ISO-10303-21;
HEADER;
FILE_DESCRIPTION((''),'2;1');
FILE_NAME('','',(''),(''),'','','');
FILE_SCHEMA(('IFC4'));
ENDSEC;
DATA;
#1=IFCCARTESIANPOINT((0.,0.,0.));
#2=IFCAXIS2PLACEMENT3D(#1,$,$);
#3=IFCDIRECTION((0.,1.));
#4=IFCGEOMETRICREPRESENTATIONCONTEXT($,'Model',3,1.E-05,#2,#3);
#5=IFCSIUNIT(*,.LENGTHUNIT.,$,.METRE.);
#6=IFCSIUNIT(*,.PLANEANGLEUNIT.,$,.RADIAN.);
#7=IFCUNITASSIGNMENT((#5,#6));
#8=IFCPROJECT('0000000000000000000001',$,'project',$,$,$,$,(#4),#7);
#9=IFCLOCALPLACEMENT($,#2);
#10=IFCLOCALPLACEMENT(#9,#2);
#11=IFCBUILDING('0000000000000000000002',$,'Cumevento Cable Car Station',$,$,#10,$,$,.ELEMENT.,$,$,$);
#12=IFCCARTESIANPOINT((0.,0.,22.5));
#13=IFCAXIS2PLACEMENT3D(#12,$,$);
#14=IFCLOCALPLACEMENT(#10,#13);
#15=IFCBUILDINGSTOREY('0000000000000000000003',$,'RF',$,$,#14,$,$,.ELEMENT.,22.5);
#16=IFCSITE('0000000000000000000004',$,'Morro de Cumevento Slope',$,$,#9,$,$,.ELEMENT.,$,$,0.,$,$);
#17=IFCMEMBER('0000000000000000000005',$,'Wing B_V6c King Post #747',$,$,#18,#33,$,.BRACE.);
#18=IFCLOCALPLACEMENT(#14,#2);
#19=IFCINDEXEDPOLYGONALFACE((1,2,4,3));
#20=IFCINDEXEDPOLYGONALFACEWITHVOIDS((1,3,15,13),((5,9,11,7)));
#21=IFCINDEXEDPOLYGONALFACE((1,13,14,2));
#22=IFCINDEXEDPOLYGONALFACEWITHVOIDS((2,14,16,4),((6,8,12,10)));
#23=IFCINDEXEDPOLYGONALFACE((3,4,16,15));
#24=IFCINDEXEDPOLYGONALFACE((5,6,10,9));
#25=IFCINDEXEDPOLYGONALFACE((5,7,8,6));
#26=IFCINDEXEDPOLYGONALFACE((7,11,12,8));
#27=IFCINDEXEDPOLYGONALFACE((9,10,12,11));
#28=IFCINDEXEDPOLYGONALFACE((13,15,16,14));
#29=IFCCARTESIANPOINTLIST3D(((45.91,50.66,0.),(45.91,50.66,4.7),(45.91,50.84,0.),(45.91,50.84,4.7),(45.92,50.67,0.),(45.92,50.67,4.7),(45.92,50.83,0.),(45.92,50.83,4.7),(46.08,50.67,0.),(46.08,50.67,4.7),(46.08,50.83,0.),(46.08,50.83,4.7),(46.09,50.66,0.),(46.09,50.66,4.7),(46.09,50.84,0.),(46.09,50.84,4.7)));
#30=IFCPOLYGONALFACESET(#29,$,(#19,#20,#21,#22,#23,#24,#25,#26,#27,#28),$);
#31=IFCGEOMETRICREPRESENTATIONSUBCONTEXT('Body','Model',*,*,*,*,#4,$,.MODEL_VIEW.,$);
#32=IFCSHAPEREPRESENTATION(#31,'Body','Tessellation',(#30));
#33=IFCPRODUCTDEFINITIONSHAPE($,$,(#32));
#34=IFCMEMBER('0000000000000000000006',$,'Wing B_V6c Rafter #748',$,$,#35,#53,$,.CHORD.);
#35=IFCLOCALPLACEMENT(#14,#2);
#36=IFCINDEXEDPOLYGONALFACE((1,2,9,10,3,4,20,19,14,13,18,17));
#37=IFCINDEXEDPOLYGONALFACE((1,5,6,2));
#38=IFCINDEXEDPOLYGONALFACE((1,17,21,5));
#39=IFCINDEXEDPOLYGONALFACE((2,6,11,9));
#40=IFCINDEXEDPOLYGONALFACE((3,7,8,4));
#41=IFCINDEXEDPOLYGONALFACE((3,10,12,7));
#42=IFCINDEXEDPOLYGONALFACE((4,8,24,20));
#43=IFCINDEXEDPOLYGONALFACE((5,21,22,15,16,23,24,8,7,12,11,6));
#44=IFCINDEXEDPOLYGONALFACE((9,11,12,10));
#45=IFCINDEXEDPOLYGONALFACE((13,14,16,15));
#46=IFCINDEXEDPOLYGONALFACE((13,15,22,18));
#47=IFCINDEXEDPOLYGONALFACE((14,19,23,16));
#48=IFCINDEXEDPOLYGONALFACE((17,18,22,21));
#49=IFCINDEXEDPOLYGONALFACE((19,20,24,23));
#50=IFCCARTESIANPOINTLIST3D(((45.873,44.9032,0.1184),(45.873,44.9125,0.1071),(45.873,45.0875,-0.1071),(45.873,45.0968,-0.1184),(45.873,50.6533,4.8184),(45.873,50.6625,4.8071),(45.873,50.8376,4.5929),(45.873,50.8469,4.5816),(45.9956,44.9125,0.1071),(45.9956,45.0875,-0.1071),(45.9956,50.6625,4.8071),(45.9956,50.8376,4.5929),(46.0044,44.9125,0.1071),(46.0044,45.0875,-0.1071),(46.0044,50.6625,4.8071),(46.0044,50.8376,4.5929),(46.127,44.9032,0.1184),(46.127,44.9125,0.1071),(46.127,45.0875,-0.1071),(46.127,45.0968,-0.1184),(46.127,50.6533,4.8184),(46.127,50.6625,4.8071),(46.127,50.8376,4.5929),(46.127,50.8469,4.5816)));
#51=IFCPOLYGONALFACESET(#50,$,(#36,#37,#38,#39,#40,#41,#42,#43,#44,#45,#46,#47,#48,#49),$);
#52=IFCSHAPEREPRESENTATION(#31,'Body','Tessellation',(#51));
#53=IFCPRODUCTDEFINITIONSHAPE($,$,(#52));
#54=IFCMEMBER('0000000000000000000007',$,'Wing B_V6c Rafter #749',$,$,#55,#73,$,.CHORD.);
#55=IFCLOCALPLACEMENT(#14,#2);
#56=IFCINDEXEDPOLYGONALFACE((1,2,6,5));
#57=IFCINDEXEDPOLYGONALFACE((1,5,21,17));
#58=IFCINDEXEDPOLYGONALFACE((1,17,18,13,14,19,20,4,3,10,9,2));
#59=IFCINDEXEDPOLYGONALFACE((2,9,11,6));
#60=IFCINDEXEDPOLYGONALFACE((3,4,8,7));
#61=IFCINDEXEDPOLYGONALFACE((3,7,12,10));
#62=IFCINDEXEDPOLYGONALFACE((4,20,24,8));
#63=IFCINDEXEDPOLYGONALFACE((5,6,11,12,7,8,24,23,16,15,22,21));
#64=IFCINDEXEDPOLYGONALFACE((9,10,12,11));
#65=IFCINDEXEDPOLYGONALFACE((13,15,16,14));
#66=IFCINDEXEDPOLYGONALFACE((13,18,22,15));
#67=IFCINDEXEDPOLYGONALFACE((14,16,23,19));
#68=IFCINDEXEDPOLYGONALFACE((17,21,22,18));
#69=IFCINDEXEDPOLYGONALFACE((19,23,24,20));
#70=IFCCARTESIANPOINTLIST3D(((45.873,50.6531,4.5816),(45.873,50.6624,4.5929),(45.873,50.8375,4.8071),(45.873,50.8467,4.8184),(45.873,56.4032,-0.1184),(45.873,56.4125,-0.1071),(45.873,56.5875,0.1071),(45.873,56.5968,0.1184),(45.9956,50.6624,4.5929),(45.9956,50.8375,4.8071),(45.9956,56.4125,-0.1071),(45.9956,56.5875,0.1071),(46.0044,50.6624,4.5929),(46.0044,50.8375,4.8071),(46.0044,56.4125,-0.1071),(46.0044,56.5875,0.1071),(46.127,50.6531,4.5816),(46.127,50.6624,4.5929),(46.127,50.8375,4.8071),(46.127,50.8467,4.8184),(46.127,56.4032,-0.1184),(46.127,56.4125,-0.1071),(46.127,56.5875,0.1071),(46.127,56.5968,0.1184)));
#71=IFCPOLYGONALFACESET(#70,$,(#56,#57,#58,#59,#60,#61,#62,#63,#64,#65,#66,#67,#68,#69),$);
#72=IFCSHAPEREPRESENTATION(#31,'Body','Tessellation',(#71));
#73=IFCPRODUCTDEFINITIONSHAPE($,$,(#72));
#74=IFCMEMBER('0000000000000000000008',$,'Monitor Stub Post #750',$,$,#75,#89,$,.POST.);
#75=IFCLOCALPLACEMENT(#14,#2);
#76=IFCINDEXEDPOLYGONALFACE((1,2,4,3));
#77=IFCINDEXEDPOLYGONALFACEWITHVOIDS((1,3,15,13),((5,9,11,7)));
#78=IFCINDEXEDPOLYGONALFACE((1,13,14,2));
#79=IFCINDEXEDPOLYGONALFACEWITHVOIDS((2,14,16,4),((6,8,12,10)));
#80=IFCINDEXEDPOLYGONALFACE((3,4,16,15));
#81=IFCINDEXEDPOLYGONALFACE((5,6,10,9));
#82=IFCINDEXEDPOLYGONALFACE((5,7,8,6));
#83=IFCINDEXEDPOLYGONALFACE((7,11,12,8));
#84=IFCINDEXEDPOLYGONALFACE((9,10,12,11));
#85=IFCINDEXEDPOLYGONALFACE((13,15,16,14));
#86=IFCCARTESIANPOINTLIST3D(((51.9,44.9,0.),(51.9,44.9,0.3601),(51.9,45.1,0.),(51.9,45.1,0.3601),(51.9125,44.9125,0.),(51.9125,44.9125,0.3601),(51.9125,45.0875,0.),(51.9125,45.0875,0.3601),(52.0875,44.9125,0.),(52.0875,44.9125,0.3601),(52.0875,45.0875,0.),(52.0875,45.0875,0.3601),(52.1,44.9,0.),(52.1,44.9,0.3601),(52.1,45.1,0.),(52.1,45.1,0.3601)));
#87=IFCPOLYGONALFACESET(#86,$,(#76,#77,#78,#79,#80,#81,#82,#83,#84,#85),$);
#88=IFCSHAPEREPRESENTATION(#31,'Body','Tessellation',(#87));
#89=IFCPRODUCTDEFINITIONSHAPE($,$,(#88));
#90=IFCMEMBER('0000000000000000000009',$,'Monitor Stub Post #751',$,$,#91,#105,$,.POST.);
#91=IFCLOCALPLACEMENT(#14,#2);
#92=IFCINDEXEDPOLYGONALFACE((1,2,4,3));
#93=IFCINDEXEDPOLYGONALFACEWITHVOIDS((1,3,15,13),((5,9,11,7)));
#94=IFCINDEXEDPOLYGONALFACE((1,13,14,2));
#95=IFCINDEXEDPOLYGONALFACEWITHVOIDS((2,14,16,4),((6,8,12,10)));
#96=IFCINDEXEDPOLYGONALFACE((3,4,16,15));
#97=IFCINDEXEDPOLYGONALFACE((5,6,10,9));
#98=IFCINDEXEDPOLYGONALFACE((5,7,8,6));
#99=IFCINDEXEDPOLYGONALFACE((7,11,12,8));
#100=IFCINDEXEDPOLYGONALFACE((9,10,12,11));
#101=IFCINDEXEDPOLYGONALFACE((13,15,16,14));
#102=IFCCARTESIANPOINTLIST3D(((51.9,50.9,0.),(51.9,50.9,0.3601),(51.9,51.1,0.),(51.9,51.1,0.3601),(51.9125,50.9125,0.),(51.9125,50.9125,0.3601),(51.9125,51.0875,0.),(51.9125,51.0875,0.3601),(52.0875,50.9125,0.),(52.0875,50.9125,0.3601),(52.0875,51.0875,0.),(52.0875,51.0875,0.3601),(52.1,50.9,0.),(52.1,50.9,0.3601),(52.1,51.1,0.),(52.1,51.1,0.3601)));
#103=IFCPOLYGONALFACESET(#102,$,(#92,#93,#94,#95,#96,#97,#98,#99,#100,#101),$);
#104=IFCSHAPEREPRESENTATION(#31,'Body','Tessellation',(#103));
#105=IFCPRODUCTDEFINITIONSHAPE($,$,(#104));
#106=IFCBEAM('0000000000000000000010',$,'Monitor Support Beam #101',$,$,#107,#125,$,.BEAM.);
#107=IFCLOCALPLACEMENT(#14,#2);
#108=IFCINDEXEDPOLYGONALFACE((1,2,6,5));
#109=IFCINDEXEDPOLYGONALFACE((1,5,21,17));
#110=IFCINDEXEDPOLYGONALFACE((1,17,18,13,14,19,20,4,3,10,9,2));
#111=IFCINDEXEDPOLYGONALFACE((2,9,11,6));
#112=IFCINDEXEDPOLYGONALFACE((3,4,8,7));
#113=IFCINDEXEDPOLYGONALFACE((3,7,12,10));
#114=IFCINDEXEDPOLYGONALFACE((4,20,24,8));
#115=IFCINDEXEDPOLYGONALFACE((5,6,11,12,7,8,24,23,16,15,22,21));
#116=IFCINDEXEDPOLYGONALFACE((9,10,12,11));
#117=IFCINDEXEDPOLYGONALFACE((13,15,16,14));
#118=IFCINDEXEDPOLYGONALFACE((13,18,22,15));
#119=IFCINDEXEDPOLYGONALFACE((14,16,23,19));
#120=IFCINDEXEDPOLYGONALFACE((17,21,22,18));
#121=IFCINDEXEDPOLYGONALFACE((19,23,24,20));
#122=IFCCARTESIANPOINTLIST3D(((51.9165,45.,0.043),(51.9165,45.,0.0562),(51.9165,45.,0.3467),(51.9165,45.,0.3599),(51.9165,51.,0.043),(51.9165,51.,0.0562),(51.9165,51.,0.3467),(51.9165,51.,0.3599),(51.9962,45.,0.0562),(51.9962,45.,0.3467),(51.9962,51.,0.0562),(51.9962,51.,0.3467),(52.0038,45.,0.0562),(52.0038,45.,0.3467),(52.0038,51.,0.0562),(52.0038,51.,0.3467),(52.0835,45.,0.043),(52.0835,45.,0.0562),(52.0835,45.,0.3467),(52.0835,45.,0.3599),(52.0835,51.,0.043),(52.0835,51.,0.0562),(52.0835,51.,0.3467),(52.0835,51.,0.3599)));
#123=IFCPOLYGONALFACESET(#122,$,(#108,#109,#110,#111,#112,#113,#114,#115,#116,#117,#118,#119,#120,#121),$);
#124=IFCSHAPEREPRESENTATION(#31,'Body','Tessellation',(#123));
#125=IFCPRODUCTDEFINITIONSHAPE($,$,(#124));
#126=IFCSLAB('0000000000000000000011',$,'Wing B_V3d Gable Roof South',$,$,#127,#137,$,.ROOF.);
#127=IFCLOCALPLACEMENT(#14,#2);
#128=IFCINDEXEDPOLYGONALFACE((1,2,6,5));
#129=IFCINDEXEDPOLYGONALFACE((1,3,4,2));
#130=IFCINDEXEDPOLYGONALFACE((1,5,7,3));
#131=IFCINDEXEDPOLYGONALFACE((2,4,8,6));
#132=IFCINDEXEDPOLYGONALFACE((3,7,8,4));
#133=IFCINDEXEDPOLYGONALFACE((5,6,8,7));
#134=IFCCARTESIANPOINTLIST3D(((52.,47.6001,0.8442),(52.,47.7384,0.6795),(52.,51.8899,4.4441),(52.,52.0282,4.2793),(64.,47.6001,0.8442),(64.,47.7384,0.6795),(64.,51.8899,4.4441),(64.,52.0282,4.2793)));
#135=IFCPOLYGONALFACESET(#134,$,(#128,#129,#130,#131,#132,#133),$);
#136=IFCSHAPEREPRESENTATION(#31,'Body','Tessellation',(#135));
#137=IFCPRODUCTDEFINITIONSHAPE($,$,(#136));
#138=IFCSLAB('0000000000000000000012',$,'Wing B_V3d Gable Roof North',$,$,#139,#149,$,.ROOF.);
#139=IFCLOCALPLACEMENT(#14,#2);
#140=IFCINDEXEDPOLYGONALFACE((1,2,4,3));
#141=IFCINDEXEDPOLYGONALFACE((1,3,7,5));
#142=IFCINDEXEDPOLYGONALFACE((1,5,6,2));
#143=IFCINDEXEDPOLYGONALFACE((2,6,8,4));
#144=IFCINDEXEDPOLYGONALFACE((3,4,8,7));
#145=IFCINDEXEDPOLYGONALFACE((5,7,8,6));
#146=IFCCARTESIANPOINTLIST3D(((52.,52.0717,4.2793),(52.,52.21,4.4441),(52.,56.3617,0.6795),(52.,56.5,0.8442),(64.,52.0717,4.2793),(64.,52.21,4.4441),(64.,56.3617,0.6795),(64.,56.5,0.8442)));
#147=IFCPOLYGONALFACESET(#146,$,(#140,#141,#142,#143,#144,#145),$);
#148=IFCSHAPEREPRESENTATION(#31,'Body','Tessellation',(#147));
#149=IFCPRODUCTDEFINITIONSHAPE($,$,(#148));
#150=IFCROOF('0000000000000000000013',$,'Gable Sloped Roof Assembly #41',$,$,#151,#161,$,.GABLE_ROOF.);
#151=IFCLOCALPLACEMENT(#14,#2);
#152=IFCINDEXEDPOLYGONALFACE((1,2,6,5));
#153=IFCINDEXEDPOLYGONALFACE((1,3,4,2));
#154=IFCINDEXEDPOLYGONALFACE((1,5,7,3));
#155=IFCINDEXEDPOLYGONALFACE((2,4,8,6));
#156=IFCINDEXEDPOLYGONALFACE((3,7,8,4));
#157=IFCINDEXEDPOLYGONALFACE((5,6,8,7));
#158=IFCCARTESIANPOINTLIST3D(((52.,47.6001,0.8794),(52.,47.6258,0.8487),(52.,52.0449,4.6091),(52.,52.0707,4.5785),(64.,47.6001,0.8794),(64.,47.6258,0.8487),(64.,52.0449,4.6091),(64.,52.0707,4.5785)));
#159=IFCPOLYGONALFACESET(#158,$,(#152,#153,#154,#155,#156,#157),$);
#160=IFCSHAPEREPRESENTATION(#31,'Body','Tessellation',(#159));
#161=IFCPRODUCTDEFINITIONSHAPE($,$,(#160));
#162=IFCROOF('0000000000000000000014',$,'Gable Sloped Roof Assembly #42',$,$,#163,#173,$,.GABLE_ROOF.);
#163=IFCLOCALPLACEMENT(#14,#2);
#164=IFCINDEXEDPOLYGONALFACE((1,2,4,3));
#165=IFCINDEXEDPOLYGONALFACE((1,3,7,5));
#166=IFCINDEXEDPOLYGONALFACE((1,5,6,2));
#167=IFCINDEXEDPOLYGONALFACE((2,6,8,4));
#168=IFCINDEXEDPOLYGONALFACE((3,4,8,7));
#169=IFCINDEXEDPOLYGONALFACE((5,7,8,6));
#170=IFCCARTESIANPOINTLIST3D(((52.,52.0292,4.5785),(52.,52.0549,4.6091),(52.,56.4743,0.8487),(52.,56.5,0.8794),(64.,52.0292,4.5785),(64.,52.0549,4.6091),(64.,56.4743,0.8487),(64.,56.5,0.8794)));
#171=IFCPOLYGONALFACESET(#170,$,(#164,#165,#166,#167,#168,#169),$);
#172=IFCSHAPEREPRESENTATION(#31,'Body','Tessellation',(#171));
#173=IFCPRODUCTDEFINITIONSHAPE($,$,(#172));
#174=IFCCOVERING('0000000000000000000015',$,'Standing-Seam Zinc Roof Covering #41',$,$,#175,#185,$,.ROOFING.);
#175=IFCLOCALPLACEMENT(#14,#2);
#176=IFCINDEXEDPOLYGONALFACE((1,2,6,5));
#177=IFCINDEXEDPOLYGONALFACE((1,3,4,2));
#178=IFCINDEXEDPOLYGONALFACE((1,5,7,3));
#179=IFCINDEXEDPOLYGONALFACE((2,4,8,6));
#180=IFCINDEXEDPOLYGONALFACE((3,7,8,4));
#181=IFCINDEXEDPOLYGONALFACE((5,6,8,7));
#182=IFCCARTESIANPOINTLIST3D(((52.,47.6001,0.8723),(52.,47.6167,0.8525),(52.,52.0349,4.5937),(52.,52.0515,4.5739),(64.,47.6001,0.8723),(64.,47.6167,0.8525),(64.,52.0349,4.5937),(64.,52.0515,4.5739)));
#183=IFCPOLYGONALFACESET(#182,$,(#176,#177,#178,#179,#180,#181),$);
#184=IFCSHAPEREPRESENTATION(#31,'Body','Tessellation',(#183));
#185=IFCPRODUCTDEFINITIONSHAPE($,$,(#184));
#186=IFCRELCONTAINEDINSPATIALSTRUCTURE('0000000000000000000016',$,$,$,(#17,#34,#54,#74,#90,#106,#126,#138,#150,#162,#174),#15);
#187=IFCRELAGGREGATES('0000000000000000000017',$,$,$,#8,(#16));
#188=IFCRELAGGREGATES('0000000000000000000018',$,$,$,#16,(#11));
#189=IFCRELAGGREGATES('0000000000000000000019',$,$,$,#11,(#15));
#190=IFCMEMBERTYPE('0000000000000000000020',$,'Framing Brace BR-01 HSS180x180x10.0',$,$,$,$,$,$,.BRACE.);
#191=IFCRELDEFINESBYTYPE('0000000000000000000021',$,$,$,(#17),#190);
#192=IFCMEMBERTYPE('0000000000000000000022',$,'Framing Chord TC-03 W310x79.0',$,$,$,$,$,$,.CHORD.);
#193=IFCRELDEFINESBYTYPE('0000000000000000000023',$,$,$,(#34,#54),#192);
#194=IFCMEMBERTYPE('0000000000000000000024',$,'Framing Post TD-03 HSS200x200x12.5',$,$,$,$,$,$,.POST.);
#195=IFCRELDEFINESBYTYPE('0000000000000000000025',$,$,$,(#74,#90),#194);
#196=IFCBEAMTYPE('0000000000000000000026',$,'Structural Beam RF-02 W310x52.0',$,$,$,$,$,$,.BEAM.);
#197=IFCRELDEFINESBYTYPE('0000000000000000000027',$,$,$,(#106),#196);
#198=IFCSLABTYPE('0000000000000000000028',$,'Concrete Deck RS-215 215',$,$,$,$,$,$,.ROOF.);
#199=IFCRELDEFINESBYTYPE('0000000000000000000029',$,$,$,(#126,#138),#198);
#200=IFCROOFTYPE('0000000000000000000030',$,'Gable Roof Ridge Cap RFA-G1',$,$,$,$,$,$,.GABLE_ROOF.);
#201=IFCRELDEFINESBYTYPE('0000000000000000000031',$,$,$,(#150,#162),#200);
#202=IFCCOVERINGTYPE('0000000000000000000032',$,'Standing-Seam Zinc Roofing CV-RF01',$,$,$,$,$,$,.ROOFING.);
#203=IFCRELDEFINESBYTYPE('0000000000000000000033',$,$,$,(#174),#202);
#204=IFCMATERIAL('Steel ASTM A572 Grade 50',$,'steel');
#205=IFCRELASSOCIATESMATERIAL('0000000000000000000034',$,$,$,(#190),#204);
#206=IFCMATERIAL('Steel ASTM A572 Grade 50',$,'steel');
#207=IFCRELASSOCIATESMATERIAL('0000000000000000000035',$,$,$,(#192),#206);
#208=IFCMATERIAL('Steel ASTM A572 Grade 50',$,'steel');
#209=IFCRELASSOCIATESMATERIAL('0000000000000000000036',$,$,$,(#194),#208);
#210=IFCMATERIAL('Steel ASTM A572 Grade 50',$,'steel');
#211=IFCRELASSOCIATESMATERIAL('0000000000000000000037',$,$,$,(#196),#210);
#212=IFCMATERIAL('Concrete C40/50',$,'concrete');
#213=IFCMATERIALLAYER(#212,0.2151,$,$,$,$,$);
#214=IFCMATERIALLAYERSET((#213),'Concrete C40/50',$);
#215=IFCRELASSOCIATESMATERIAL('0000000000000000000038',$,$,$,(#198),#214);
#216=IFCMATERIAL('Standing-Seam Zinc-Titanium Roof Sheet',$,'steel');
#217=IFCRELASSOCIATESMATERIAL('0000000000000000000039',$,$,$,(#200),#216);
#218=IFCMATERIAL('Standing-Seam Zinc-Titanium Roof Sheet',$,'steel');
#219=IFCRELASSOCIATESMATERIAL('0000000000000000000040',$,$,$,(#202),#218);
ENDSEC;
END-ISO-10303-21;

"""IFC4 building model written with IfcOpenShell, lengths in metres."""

from ifc_helpers import new_model, si_unit, direction, frame, origin, origin_2d, place, context, subcontext, project, spatial, polyline, hollow_rectangle, i_section, outline, extrude, material, layer, layer_set, material_profile, profile_set, type_object, element, save


model = new_model("IFC4")

# Units and contexts
model_context = context("Model", 3, precision=1e-05, world=origin(), true_north=direction((0.0, 1.0)))
body_context = subcontext(model_context, "Body", "Model", "MODEL_VIEW")
ifc_project = project(units=[si_unit("LENGTHUNIT", "METRE"), si_unit("PLANEANGLEUNIT", "RADIAN")], contexts=[model_context])

# Site, building, storey
site_placement = place(None, origin())
site = spatial("IfcSite", under=ifc_project, at=site_placement, Name="Morro de Cumevento Slope", CompositionType="ELEMENT", RefElevation=0.0)
building_placement = place(site_placement, origin())
building = spatial("IfcBuilding", under=site, at=building_placement, Name="Cumevento Cable Car Station", CompositionType="ELEMENT")
storey_placement = place(building_placement, frame((0.0, 0.0, 22.5)))
storey = spatial("IfcBuildingStorey", under=building, at=storey_placement, Name="RF", CompositionType="ELEMENT", Elevation=22.5)

# Members
ifc_material_1 = material(Name="Steel ASTM A572 Grade 50", Category="steel")
ifc_material_profile_1 = material_profile(ifc_material_1, hollow_rectangle(XDim=0.1799, YDim=0.1799, WallThickness=0.01, at=origin_2d()), Name="HSS180x180x10.0")
ifc_profile_set_1 = profile_set([ifc_material_profile_1], Name="Steel ASTM A572 Grade 50")
member_type_1 = type_object("IfcMemberType", Name="Framing Brace BR-01 HSS180x180x10.0", PredefinedType="BRACE", material=ifc_profile_set_1)
member_placement = place(storey_placement, frame((46.0, 50.75, 0.0), z_axis=(0.0, 0.0, 1.0), x_axis=(1.0, 0.0, 0.0)))
element("IfcMember", 1, at=member_placement, inside=storey, type_object=member_type_1, Name="Wing B_V6c King Post #747", PredefinedType="BRACE", context=body_context, shape_type="SweptSolid", body=[
    extrude(hollow_rectangle(XDim=0.1799, YDim=0.1799, WallThickness=0.01, at=origin_2d()), origin(), (0.0, 0.0, 1.0), 4.7),
])
ifc_material_2 = material(Name="Steel ASTM A572 Grade 50", Category="steel")
ifc_material_profile_2 = material_profile(ifc_material_2, i_section(OverallWidth=0.2539, OverallDepth=0.3059, WebThickness=0.0088, FlangeThickness=0.0146, at=origin_2d()), Name="W310x79.0")
ifc_profile_set_2 = profile_set([ifc_material_profile_2], Name="Steel ASTM A572 Grade 50")
member_type_2 = type_object("IfcMemberType", Name="Framing Chord TC-03 W310x79.0", PredefinedType="CHORD", material=ifc_profile_set_2)
for number, where, z_axis, x_axis, name in (
    (2, (46.0, 45.0, 0.0), (0.0, 0.77426, 0.632867), (-1.0, 0.0, 0.0), "Wing B_V6c Rafter #748"),
    (3, (46.0, 56.5, 0.0), (0.0, -0.77426, 0.632867), (1.0, 0.0, 0.0), "Wing B_V6c Rafter #749"),
):
    element("IfcMember", number, at=place(storey_placement, frame(where, z_axis=z_axis, x_axis=x_axis)), inside=storey, type_object=member_type_2, Name=name, PredefinedType="CHORD", context=body_context, shape_type="SweptSolid", body=[
        extrude(i_section(OverallWidth=0.2539, OverallDepth=0.3059, WebThickness=0.0088, FlangeThickness=0.0146, at=origin_2d()), origin(), (0.0, 0.0, 1.0), 7.4265),
    ])
ifc_material_3 = material(Name="Steel ASTM A572 Grade 50", Category="steel")
ifc_material_profile_3 = material_profile(ifc_material_3, hollow_rectangle(XDim=0.2, YDim=0.2, WallThickness=0.0125, at=origin_2d()), Name="HSS200x200x12.5")
ifc_profile_set_3 = profile_set([ifc_material_profile_3], Name="Steel ASTM A572 Grade 50")
member_type_3 = type_object("IfcMemberType", Name="Framing Post TD-03 HSS200x200x12.5", PredefinedType="POST", material=ifc_profile_set_3)
for number, where, z_axis, x_axis, name in (
    (4, (52.0, 45.0, 0.0), (0.0, 0.0, 1.0), (1.0, 0.0, 0.0), "Monitor Stub Post #750"),
    (5, (52.0, 51.0, 0.0), (0.0, 0.0, 1.0), (1.0, 0.0, 0.0), "Monitor Stub Post #751"),
):
    element("IfcMember", number, at=place(storey_placement, frame(where, z_axis=z_axis, x_axis=x_axis)), inside=storey, type_object=member_type_3, Name=name, PredefinedType="POST", context=body_context, shape_type="SweptSolid", body=[
        extrude(hollow_rectangle(XDim=0.2, YDim=0.2, WallThickness=0.0125, at=origin_2d()), origin(), (0.0, 0.0, 1.0), 0.3601),
    ])

# Beam
ifc_material_4 = material(Name="Steel ASTM A572 Grade 50", Category="steel")
ifc_material_profile_4 = material_profile(ifc_material_4, i_section(OverallWidth=0.167, OverallDepth=0.3169, WebThickness=0.0076, FlangeThickness=0.0132, at=origin_2d()), Name="W310x52.0")
ifc_profile_set_4 = profile_set([ifc_material_profile_4], Name="Steel ASTM A572 Grade 50")
beam_type = type_object("IfcBeamType", Name="Structural Beam RF-02 W310x52.0", PredefinedType="BEAM", material=ifc_profile_set_4)
beam_placement = place(storey_placement, frame((52.0, 45.0, 0.2014), z_axis=(0.0, 1.0, 0.0), x_axis=(-1.0, 0.0, 0.0)))
element("IfcBeam", 6, at=beam_placement, inside=storey, type_object=beam_type, Name="Monitor Support Beam #101", PredefinedType="BEAM", context=body_context, shape_type="SweptSolid", body=[
    extrude(i_section(OverallWidth=0.167, OverallDepth=0.3169, WebThickness=0.0076, FlangeThickness=0.0132, at=origin_2d()), origin(), (0.0, 0.0, 1.0), 6.0),
])

# Slabs
ifc_material_5 = material(Name="Concrete C40/50", Category="concrete")
ifc_layer = layer(ifc_material_5, 0.2151)
ifc_layer_set = layer_set([ifc_layer], Name="Concrete C40/50")
slab_type = type_object("IfcSlabType", Name="Concrete Deck RS-215 215", PredefinedType="ROOF", material=ifc_layer_set)
slab_1_placement = place(storey_placement, frame((52.0, 47.6001, 0.8442), z_axis=(0.0, -0.642818, 0.766019), x_axis=(1.0, 0.0, 0.0)))
element("IfcSlab", 7, at=slab_1_placement, inside=storey, type_object=slab_type, Name="Wing B_V3d Gable Roof South", PredefinedType="ROOF", context=body_context, shape_type="SweptSolid", body=[
    extrude(outline(polyline([(0.0, 0.0), (12.0, 0.0), (12.0, 5.6001), (0.0, 5.6001), (0.0, 0.0)])), origin(), (0.0, 0.0, -1.0), 0.2151),
])
slab_2_placement = place(storey_placement, frame((52.0, 52.21, 4.4441), z_axis=(0.0, 0.642796, 0.766037), x_axis=(1.0, 0.0, 0.0)))
element("IfcSlab", 8, at=slab_2_placement, inside=storey, type_object=slab_type, Name="Wing B_V3d Gable Roof North", PredefinedType="ROOF", context=body_context, shape_type="SweptSolid", body=[
    extrude(outline(polyline([(0.0, 0.0), (12.0, 0.0), (12.0, 5.6003), (0.0, 5.6003), (0.0, 0.0)])), origin(), (0.0, 0.0, -1.0), 0.2151),
])

# Roofs
ifc_material_6 = material(Name="Standing-Seam Zinc-Titanium Roof Sheet", Category="steel")
roof_type = type_object("IfcRoofType", Name="Gable Roof Ridge Cap RFA-G1", PredefinedType="GABLE_ROOF", material=ifc_material_6)
roof_1_placement = place(storey_placement, frame((52.0, 47.6001, 0.8794), z_axis=(0.0, -0.642796, 0.766037), x_axis=(1.0, 0.0, 0.0)))
element("IfcRoof", 9, at=roof_1_placement, inside=storey, type_object=roof_type, Name="Gable Sloped Roof Assembly #41", PredefinedType="GABLE_ROOF", context=body_context, shape_type="SweptSolid", body=[
    extrude(outline(polyline([(0.0, 0.0), (12.0, 0.0), (12.0, 5.8024), (0.0, 5.8024), (0.0, 0.0)])), origin(), (0.0, 0.0, -1.0), 0.04),
])
roof_2_placement = place(storey_placement, frame((52.0, 52.0549, 4.6091), z_axis=(0.0, 0.642776, 0.766055), x_axis=(1.0, 0.0, 0.0)))
element("IfcRoof", 10, at=roof_2_placement, inside=storey, type_object=roof_type, Name="Gable Sloped Roof Assembly #42", PredefinedType="GABLE_ROOF", context=body_context, shape_type="SweptSolid", body=[
    extrude(outline(polyline([(0.0, 0.0), (12.0, 0.0), (12.0, 5.8025), (0.0, 5.8025), (0.0, 0.0)])), origin(), (0.0, 0.0, -1.0), 0.04),
])

# Covering
ifc_material_7 = material(Name="Standing-Seam Zinc-Titanium Roof Sheet", Category="steel")
covering_type_1 = type_object("IfcCoveringType", Name="Standing-Seam Zinc Roofing CV-RF01", PredefinedType="ROOFING", material=ifc_material_7)
covering_1_placement = place(storey_placement, frame((52.0, 47.6001, 0.8723), z_axis=(0.0, -0.642806, 0.766029), x_axis=(1.0, 0.0, 0.0)))
element("IfcCovering", 11, at=covering_1_placement, inside=storey, type_object=covering_type_1, Name="Standing-Seam Zinc Roof Covering #41", PredefinedType="ROOFING", context=body_context, shape_type="SweptSolid", body=[
    extrude(outline(polyline([(0.0, 0.0), (12.0, 0.0), (12.0, 5.7894), (0.0, 5.7894), (0.0, 0.0)])), origin(), (0.0, 0.0, -1.0), 0.0259),
])

save(model, "model.ifc")
